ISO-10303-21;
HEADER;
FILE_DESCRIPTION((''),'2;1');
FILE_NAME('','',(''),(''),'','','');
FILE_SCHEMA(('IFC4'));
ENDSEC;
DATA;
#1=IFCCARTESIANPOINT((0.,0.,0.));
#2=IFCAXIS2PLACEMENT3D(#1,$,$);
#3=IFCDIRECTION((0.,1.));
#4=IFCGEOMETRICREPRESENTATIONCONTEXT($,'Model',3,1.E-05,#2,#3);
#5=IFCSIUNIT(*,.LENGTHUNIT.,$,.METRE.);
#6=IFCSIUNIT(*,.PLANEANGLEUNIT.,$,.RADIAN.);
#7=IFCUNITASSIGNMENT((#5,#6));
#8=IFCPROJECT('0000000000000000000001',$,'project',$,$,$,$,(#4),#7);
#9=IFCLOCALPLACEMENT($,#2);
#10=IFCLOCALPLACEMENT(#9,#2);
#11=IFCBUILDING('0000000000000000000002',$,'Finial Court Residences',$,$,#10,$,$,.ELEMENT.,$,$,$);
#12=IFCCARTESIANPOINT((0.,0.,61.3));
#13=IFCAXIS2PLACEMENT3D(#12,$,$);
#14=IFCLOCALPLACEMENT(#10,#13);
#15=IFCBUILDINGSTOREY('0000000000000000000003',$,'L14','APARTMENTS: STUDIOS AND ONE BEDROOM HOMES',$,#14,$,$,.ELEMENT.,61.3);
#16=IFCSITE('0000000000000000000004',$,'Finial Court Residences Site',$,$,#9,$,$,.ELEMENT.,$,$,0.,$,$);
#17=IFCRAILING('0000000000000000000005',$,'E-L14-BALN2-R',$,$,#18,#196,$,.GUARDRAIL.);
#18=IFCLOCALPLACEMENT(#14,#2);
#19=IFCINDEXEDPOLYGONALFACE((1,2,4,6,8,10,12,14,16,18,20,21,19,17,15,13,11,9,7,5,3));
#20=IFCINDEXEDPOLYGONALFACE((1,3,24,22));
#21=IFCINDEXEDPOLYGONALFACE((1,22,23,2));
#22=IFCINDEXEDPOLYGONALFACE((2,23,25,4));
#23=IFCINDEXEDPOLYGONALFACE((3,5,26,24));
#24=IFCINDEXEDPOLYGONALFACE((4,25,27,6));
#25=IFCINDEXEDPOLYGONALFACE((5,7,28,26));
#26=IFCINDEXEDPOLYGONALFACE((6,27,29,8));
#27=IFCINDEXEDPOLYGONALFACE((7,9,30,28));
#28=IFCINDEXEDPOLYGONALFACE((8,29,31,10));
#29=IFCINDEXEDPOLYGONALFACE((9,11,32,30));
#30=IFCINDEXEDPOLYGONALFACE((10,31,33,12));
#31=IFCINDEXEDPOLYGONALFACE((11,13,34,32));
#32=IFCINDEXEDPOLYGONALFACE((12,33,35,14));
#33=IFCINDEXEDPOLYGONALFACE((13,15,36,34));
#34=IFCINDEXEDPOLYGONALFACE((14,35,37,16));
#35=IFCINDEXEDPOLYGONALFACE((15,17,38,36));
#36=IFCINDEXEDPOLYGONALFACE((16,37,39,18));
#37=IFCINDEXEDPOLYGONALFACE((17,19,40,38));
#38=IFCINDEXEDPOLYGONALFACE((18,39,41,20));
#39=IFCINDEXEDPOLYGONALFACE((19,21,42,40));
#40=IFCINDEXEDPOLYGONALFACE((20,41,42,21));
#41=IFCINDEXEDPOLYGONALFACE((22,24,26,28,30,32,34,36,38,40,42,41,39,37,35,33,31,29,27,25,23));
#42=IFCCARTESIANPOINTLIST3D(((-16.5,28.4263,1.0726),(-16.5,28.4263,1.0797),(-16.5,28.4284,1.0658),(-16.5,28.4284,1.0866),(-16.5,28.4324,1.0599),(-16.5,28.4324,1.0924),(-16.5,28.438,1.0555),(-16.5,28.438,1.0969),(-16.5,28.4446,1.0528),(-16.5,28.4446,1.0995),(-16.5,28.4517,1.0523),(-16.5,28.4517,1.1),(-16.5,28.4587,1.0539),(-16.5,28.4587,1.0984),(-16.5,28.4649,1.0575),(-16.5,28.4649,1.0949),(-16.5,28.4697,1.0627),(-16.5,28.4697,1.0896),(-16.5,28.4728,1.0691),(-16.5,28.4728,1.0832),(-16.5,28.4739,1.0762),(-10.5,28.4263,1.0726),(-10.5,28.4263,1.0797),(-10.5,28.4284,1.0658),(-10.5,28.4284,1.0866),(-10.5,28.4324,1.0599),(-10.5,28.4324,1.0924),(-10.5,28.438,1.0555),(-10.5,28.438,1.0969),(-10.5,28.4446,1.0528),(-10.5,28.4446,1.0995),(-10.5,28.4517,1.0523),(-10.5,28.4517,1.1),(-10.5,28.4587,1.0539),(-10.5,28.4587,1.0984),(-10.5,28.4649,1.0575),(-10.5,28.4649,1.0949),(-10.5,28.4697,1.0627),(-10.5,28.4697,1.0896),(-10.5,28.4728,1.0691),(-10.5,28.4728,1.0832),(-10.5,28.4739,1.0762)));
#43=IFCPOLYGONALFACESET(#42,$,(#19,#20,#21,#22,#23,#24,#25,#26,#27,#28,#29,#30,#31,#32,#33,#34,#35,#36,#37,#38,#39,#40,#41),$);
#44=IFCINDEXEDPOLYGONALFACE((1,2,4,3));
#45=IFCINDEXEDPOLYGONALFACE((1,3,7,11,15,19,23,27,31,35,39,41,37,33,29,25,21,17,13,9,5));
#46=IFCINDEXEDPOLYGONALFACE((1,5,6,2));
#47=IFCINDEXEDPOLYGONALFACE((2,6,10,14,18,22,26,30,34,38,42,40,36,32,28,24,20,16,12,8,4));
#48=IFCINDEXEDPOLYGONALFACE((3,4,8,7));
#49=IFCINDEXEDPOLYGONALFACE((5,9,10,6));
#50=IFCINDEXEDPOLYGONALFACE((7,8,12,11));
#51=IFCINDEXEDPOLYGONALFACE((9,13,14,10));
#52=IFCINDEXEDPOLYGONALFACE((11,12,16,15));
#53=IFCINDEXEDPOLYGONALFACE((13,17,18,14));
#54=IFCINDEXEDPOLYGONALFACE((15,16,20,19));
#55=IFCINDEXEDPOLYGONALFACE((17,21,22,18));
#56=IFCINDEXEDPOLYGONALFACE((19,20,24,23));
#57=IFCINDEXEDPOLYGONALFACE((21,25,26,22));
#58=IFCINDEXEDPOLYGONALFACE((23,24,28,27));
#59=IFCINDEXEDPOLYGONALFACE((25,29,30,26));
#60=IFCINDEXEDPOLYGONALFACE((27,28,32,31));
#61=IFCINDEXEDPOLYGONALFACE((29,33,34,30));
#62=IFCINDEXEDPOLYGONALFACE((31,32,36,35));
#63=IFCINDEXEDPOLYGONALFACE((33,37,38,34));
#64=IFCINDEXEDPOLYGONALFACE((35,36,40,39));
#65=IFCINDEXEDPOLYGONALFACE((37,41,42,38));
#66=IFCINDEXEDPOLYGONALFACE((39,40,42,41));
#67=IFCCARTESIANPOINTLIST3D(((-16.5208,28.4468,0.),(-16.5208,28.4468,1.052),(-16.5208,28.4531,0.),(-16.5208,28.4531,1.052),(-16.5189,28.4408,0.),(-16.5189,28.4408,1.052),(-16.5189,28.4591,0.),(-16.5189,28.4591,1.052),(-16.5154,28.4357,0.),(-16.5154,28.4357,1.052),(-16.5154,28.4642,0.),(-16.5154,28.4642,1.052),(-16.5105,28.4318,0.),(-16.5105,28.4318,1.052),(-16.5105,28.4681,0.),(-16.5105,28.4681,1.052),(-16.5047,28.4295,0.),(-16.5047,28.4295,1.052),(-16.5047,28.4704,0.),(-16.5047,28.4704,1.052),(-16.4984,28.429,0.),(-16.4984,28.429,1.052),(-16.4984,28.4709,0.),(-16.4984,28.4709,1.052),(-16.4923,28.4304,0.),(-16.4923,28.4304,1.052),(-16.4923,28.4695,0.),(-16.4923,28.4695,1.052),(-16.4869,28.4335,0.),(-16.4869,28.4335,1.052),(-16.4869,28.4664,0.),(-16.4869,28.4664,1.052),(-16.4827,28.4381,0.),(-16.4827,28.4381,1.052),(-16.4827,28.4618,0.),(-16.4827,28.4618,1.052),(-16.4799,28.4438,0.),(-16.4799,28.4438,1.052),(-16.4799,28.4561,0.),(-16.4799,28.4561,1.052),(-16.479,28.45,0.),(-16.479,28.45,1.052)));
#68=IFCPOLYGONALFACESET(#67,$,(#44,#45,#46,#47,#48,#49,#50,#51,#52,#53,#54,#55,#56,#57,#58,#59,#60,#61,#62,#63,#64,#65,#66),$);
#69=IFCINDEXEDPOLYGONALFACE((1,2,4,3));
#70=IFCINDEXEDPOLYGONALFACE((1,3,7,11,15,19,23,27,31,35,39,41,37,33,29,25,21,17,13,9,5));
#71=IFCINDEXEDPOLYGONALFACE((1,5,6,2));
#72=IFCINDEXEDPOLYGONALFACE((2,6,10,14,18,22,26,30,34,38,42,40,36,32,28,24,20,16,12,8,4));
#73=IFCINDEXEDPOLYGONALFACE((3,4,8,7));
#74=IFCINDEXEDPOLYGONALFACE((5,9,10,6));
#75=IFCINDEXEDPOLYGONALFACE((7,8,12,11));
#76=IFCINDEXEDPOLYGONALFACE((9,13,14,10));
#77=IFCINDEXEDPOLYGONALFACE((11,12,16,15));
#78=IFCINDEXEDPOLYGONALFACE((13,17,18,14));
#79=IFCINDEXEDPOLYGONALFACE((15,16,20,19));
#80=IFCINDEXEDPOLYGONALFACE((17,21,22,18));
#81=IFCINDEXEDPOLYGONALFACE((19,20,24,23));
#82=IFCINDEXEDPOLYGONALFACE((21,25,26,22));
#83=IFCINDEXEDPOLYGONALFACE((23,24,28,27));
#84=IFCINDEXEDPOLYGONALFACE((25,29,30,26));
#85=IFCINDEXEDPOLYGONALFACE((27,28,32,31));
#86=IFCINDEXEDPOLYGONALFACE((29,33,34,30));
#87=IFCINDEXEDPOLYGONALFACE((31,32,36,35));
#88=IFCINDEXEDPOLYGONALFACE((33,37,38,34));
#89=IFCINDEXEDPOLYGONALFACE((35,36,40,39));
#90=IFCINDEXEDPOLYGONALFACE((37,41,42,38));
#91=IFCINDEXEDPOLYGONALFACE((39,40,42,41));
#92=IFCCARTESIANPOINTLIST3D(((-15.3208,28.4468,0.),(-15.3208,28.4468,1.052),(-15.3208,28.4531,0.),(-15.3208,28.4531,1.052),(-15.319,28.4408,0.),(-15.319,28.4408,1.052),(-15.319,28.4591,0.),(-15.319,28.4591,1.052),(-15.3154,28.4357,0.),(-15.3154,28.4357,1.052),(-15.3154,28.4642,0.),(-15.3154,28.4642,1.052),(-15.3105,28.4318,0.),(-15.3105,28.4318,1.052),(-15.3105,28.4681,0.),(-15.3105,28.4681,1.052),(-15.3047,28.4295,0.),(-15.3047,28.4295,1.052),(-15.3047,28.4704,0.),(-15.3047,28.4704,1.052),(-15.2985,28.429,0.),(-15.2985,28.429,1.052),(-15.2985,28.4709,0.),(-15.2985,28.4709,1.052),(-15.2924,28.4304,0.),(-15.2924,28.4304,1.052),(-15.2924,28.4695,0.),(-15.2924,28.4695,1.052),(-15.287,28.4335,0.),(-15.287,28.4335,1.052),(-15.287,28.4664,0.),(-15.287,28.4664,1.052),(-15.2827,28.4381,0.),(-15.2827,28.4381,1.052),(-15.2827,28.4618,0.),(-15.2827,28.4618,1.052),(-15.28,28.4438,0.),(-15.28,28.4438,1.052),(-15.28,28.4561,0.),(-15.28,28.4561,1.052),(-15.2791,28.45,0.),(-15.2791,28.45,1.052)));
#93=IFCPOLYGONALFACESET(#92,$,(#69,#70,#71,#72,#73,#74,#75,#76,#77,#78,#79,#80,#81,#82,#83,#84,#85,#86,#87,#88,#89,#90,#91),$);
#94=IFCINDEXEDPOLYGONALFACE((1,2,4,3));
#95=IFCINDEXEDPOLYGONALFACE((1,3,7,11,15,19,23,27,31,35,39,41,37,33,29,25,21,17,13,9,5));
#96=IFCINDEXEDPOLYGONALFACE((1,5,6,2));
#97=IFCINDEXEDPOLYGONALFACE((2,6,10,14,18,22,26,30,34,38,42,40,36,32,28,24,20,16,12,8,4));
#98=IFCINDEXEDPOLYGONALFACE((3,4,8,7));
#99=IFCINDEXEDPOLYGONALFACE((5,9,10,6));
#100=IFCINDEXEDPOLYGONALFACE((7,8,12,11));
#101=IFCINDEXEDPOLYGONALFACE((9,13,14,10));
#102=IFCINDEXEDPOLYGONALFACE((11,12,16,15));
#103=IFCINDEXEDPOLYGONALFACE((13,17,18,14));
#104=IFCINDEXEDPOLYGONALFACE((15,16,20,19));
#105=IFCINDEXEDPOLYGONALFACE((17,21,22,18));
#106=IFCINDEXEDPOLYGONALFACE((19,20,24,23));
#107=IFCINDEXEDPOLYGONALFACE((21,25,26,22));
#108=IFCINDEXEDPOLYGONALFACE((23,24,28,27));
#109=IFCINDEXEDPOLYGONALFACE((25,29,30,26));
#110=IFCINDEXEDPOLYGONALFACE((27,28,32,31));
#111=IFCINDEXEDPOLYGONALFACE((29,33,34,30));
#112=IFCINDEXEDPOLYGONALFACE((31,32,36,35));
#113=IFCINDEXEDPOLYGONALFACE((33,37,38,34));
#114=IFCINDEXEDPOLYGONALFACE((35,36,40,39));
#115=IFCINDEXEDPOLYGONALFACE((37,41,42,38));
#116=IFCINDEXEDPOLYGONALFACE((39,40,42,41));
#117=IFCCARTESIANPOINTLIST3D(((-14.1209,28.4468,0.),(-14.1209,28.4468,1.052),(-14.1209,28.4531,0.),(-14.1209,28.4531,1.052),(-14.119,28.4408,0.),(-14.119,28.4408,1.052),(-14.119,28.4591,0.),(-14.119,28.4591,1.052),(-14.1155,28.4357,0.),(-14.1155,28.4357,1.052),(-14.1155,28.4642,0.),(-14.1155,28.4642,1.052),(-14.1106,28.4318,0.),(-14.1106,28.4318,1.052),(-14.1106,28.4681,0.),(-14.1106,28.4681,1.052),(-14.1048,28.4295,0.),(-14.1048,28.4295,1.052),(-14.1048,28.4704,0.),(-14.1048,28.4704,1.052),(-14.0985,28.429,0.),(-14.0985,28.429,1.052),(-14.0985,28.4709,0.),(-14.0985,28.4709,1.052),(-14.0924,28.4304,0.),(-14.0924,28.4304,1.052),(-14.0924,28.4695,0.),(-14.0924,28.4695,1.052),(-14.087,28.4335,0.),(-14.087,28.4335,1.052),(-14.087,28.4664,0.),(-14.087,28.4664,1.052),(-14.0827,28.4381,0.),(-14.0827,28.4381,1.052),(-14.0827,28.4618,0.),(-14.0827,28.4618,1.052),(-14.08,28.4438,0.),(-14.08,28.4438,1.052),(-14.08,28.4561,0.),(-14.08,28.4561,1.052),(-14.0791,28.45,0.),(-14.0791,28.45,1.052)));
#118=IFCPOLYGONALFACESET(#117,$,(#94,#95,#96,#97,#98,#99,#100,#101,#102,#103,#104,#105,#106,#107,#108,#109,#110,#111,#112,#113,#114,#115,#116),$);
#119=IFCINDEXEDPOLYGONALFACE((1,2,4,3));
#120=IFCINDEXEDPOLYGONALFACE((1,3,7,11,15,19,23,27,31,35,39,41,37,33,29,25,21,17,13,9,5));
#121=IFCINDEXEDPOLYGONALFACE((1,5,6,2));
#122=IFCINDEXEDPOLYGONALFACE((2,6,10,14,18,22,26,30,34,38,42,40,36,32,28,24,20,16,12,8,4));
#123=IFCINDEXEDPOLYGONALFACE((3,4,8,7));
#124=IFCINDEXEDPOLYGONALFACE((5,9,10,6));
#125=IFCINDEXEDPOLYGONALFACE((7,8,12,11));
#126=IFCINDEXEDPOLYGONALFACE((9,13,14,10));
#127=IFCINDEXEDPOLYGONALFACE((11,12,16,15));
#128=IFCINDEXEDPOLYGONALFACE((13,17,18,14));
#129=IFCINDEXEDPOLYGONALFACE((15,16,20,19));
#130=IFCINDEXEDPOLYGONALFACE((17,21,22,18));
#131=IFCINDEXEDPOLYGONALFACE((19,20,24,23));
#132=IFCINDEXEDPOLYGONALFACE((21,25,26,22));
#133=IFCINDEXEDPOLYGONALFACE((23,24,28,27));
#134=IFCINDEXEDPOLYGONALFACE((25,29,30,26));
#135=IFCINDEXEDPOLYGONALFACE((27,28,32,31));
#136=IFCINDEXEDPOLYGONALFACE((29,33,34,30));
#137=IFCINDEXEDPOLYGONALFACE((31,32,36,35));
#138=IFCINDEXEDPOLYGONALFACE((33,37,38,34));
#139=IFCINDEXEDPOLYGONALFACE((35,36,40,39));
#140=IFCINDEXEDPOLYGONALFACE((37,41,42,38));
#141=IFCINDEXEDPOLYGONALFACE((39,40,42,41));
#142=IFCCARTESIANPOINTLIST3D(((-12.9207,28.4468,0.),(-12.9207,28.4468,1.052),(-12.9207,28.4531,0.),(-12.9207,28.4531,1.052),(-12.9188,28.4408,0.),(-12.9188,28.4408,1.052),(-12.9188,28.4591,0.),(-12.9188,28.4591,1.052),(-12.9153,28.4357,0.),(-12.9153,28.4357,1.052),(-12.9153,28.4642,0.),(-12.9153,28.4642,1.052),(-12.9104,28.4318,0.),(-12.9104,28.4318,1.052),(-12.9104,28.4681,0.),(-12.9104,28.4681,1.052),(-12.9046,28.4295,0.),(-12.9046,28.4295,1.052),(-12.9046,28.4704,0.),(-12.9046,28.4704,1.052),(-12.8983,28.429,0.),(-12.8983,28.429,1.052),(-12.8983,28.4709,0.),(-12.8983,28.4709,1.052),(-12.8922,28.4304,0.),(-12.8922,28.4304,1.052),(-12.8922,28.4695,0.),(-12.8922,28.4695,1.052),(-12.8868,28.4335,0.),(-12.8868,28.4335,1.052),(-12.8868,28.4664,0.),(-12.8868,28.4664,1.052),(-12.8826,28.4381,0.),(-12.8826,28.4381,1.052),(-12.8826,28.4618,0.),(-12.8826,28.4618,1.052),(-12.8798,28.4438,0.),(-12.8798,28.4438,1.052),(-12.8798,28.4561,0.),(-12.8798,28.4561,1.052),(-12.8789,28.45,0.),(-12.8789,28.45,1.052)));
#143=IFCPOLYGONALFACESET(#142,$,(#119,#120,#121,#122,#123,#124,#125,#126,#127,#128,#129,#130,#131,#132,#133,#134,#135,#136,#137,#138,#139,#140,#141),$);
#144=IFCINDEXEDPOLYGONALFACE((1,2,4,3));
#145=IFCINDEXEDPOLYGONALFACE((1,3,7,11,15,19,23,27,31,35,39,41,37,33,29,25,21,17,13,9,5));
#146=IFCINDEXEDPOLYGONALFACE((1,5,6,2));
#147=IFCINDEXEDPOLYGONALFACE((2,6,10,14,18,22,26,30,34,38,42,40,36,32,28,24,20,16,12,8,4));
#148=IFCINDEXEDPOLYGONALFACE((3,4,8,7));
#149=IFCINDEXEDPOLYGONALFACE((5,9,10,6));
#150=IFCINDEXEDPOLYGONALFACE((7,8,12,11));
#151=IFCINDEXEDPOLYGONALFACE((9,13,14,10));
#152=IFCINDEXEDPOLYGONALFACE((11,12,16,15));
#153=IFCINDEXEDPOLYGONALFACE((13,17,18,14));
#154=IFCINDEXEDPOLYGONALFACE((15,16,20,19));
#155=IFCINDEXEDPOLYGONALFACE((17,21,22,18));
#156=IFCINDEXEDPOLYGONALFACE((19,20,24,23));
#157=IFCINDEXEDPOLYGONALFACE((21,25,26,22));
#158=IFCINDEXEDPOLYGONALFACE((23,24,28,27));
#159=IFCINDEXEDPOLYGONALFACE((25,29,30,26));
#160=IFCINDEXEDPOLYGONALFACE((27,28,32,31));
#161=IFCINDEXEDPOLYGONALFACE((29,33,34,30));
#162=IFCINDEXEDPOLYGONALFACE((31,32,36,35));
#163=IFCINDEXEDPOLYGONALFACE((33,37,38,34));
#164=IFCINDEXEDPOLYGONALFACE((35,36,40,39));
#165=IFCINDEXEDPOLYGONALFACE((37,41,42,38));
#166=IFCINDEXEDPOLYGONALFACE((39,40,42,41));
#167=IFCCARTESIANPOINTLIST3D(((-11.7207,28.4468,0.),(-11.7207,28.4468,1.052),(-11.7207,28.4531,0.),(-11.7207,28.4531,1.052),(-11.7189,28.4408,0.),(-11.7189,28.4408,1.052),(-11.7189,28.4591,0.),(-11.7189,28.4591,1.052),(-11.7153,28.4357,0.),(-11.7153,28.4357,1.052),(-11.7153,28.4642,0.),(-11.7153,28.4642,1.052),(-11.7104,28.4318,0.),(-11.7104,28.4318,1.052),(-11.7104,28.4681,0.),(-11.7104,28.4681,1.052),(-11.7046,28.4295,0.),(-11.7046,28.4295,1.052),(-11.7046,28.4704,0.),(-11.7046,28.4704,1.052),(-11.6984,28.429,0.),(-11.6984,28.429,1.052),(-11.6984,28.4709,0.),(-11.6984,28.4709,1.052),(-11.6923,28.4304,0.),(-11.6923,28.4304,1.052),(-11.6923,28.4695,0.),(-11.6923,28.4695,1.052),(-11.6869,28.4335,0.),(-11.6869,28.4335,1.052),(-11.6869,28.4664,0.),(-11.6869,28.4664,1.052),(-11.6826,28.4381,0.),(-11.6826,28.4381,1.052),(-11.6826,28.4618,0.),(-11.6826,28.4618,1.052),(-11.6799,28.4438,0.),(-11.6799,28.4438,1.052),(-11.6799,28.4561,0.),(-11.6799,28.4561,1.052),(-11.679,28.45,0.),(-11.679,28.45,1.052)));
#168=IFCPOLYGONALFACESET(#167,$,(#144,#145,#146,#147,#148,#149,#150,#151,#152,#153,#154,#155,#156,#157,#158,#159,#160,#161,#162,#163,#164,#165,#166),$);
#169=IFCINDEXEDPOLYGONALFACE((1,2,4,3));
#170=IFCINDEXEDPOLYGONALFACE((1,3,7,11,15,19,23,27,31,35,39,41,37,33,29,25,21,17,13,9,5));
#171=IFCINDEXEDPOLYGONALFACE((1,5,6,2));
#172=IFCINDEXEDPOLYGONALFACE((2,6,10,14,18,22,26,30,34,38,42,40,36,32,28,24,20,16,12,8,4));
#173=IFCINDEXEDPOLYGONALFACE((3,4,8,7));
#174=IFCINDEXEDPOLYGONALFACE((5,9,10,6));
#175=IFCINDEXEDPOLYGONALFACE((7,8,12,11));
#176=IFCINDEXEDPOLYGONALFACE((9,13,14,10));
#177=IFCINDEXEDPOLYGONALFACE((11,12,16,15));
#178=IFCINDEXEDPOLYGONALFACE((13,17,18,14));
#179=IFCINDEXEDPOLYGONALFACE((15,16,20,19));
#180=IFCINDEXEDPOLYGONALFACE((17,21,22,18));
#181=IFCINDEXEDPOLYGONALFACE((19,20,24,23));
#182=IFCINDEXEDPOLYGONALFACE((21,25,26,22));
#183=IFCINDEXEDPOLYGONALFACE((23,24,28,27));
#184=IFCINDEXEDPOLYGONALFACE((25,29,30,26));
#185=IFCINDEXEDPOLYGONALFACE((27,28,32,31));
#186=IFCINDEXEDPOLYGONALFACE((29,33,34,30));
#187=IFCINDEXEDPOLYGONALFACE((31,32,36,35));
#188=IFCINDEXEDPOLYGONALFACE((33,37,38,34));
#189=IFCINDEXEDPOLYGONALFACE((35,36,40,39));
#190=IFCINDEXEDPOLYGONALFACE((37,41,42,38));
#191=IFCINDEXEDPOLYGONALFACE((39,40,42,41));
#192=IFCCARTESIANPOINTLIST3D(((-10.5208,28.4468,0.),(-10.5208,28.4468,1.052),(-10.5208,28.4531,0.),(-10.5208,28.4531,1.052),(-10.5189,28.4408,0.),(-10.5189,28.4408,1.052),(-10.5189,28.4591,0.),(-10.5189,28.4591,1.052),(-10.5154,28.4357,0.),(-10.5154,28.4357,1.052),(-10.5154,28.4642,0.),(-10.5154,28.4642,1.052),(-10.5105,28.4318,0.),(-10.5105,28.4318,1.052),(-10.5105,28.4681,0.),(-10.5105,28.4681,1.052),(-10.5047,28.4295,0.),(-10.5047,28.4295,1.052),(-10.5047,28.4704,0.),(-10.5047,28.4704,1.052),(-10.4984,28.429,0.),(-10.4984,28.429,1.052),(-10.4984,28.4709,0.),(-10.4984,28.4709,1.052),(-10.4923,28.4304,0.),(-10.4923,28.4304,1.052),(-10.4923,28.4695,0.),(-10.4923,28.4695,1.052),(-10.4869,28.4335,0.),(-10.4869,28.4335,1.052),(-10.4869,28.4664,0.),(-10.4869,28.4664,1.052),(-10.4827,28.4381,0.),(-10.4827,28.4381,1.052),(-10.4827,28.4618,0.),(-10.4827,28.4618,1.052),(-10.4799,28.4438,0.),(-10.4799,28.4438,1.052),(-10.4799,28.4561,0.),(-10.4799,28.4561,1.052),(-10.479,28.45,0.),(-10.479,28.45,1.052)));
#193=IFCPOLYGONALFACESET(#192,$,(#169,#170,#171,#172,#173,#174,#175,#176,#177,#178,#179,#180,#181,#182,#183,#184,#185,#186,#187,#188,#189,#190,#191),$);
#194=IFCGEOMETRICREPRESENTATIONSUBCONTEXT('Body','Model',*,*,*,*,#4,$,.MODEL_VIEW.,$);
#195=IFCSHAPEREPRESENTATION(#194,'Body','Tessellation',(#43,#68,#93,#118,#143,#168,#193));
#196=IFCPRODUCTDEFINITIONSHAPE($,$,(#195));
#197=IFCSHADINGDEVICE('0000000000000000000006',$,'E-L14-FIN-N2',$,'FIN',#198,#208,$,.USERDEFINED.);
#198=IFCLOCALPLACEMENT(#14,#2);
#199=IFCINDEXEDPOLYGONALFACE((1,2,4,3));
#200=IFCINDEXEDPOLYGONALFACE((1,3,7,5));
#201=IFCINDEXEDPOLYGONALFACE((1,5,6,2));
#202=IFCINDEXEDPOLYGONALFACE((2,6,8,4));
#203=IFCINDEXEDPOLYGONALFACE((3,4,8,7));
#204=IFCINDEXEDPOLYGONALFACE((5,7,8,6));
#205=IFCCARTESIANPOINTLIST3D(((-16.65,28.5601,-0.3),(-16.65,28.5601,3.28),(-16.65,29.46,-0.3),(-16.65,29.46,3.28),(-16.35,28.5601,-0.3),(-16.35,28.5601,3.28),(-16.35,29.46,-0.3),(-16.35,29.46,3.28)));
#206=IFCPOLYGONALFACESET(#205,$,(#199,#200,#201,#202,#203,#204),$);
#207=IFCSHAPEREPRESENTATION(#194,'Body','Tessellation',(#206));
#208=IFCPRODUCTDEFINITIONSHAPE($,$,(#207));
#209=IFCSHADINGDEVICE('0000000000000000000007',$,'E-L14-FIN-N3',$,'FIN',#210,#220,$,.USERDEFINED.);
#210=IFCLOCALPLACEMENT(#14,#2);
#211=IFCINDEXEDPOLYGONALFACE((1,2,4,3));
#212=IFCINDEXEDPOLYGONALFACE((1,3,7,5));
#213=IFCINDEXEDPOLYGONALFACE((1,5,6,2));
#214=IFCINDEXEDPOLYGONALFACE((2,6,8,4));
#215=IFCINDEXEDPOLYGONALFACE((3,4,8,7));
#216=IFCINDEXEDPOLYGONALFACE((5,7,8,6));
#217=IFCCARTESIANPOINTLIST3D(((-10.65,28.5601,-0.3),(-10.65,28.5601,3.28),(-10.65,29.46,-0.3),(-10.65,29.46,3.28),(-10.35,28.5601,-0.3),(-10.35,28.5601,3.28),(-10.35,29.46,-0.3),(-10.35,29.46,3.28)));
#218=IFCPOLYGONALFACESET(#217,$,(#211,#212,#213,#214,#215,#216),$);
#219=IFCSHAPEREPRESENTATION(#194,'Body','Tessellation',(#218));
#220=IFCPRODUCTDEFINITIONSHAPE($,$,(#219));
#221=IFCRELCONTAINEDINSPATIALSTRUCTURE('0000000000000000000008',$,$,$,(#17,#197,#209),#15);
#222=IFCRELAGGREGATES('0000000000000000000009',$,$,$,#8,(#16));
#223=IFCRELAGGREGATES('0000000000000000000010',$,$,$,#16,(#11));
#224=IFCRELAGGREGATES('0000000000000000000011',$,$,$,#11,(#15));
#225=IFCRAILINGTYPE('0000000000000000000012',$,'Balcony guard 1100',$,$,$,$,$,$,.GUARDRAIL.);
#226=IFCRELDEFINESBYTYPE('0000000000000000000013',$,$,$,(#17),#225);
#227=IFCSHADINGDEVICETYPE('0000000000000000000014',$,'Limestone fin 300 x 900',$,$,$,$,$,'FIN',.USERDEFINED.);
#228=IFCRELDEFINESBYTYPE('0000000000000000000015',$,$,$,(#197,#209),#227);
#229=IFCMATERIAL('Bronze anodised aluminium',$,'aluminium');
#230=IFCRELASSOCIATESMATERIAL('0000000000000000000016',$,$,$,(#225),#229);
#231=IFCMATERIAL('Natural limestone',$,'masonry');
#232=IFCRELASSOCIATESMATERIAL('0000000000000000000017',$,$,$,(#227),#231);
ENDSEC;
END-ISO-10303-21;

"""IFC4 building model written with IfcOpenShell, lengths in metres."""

from ifc_helpers import new_model, si_unit, direction, frame, origin, origin_2d, place, context, subcontext, project, spatial, rectangle, circle, extrude, material, type_object, element, save


model = new_model("IFC4")

# Units and contexts
model_context = context("Model", 3, precision=1e-05, world=origin(), true_north=direction((0.0, 1.0)))
body_context = subcontext(model_context, "Body", "Model", "MODEL_VIEW")
ifc_project = project(units=[si_unit("LENGTHUNIT", "METRE"), si_unit("PLANEANGLEUNIT", "RADIAN")], contexts=[model_context])

# Site, building, storey
site_placement = place(None, origin())
site = spatial("IfcSite", under=ifc_project, at=site_placement, Name="Finial Court Residences Site", CompositionType="ELEMENT", RefElevation=0.0)
building_placement = place(site_placement, origin())
building = spatial("IfcBuilding", under=site, at=building_placement, Name="Finial Court Residences", CompositionType="ELEMENT")
storey_placement = place(building_placement, frame((0.0, 0.0, 61.3)))
storey = spatial("IfcBuildingStorey", under=building, at=storey_placement, Name="L14", Description="APARTMENTS: STUDIOS AND ONE BEDROOM HOMES", CompositionType="ELEMENT", Elevation=61.3)

# Shared definitions
ifc_material_1 = material(Name="Bronze anodised aluminium", Category="aluminium")

# Shared definitions
ifc_material_2 = material(Name="Natural limestone", Category="masonry")

# Railing
railing_type = type_object("IfcRailingType", Name="Balcony guard 1100", PredefinedType="GUARDRAIL", material=ifc_material_1)
railing_placement = place(storey_placement, frame((-16.5, 28.45, 0.0)))
element("IfcRailing", 1, at=railing_placement, inside=storey, type_object=railing_type, Name="E-L14-BALN2-R", PredefinedType="GUARDRAIL", context=body_context, shape_type="SweptSolid", body=[
    extrude(circle(Radius=0.0239, at=origin_2d()), frame((0.0, 0.0, 1.0762), z_axis=(1.0, 0.0, 0.0), x_axis=(0.0, 1.0, 0.0)), (0.0, 0.0, 1.0), 6.0),
    extrude(circle(Radius=0.021, at=origin_2d()), origin(), (0.0, 0.0, 1.0), 1.052),
    extrude(circle(Radius=0.021, at=origin_2d()), frame((1.2, 0.0, 0.0)), (0.0, 0.0, 1.0), 1.052),
    extrude(circle(Radius=0.021, at=origin_2d()), frame((2.3999, 0.0, 0.0)), (0.0, 0.0, 1.0), 1.052),
    extrude(circle(Radius=0.021, at=origin_2d()), frame((3.6001, 0.0, 0.0)), (0.0, 0.0, 1.0), 1.052),
    extrude(circle(Radius=0.021, at=origin_2d()), frame((4.8, 0.0, 0.0)), (0.0, 0.0, 1.0), 1.052),
    extrude(circle(Radius=0.021, at=origin_2d()), frame((6.0, 0.0, 0.0)), (0.0, 0.0, 1.0), 1.052),
])

# Shading devices
shading_device_type = type_object("IfcShadingDeviceType", Name="Limestone fin 300 x 900", ElementType="FIN", PredefinedType="USERDEFINED", material=ifc_material_2)
for number, where, z_axis, x_axis, name in (
    (2, (-16.5, 29.01, -0.3), (0.0, 0.0, 1.0), (1.0, 0.0, 0.0), "E-L14-FIN-N2"),
    (3, (-10.5, 29.01, -0.3), (0.0, 0.0, 1.0), (1.0, 0.0, 0.0), "E-L14-FIN-N3"),
):
    element("IfcShadingDevice", number, at=place(storey_placement, frame(where, z_axis=z_axis, x_axis=x_axis)), inside=storey, type_object=shading_device_type, Name=name, ObjectType="FIN", PredefinedType="USERDEFINED", context=body_context, shape_type="SweptSolid", body=[
        extrude(rectangle(XDim=0.3, YDim=0.8999, at=origin_2d()), origin(), (0.0, 0.0, 1.0), 3.5801),
    ])

save(model, "model.ifc")
